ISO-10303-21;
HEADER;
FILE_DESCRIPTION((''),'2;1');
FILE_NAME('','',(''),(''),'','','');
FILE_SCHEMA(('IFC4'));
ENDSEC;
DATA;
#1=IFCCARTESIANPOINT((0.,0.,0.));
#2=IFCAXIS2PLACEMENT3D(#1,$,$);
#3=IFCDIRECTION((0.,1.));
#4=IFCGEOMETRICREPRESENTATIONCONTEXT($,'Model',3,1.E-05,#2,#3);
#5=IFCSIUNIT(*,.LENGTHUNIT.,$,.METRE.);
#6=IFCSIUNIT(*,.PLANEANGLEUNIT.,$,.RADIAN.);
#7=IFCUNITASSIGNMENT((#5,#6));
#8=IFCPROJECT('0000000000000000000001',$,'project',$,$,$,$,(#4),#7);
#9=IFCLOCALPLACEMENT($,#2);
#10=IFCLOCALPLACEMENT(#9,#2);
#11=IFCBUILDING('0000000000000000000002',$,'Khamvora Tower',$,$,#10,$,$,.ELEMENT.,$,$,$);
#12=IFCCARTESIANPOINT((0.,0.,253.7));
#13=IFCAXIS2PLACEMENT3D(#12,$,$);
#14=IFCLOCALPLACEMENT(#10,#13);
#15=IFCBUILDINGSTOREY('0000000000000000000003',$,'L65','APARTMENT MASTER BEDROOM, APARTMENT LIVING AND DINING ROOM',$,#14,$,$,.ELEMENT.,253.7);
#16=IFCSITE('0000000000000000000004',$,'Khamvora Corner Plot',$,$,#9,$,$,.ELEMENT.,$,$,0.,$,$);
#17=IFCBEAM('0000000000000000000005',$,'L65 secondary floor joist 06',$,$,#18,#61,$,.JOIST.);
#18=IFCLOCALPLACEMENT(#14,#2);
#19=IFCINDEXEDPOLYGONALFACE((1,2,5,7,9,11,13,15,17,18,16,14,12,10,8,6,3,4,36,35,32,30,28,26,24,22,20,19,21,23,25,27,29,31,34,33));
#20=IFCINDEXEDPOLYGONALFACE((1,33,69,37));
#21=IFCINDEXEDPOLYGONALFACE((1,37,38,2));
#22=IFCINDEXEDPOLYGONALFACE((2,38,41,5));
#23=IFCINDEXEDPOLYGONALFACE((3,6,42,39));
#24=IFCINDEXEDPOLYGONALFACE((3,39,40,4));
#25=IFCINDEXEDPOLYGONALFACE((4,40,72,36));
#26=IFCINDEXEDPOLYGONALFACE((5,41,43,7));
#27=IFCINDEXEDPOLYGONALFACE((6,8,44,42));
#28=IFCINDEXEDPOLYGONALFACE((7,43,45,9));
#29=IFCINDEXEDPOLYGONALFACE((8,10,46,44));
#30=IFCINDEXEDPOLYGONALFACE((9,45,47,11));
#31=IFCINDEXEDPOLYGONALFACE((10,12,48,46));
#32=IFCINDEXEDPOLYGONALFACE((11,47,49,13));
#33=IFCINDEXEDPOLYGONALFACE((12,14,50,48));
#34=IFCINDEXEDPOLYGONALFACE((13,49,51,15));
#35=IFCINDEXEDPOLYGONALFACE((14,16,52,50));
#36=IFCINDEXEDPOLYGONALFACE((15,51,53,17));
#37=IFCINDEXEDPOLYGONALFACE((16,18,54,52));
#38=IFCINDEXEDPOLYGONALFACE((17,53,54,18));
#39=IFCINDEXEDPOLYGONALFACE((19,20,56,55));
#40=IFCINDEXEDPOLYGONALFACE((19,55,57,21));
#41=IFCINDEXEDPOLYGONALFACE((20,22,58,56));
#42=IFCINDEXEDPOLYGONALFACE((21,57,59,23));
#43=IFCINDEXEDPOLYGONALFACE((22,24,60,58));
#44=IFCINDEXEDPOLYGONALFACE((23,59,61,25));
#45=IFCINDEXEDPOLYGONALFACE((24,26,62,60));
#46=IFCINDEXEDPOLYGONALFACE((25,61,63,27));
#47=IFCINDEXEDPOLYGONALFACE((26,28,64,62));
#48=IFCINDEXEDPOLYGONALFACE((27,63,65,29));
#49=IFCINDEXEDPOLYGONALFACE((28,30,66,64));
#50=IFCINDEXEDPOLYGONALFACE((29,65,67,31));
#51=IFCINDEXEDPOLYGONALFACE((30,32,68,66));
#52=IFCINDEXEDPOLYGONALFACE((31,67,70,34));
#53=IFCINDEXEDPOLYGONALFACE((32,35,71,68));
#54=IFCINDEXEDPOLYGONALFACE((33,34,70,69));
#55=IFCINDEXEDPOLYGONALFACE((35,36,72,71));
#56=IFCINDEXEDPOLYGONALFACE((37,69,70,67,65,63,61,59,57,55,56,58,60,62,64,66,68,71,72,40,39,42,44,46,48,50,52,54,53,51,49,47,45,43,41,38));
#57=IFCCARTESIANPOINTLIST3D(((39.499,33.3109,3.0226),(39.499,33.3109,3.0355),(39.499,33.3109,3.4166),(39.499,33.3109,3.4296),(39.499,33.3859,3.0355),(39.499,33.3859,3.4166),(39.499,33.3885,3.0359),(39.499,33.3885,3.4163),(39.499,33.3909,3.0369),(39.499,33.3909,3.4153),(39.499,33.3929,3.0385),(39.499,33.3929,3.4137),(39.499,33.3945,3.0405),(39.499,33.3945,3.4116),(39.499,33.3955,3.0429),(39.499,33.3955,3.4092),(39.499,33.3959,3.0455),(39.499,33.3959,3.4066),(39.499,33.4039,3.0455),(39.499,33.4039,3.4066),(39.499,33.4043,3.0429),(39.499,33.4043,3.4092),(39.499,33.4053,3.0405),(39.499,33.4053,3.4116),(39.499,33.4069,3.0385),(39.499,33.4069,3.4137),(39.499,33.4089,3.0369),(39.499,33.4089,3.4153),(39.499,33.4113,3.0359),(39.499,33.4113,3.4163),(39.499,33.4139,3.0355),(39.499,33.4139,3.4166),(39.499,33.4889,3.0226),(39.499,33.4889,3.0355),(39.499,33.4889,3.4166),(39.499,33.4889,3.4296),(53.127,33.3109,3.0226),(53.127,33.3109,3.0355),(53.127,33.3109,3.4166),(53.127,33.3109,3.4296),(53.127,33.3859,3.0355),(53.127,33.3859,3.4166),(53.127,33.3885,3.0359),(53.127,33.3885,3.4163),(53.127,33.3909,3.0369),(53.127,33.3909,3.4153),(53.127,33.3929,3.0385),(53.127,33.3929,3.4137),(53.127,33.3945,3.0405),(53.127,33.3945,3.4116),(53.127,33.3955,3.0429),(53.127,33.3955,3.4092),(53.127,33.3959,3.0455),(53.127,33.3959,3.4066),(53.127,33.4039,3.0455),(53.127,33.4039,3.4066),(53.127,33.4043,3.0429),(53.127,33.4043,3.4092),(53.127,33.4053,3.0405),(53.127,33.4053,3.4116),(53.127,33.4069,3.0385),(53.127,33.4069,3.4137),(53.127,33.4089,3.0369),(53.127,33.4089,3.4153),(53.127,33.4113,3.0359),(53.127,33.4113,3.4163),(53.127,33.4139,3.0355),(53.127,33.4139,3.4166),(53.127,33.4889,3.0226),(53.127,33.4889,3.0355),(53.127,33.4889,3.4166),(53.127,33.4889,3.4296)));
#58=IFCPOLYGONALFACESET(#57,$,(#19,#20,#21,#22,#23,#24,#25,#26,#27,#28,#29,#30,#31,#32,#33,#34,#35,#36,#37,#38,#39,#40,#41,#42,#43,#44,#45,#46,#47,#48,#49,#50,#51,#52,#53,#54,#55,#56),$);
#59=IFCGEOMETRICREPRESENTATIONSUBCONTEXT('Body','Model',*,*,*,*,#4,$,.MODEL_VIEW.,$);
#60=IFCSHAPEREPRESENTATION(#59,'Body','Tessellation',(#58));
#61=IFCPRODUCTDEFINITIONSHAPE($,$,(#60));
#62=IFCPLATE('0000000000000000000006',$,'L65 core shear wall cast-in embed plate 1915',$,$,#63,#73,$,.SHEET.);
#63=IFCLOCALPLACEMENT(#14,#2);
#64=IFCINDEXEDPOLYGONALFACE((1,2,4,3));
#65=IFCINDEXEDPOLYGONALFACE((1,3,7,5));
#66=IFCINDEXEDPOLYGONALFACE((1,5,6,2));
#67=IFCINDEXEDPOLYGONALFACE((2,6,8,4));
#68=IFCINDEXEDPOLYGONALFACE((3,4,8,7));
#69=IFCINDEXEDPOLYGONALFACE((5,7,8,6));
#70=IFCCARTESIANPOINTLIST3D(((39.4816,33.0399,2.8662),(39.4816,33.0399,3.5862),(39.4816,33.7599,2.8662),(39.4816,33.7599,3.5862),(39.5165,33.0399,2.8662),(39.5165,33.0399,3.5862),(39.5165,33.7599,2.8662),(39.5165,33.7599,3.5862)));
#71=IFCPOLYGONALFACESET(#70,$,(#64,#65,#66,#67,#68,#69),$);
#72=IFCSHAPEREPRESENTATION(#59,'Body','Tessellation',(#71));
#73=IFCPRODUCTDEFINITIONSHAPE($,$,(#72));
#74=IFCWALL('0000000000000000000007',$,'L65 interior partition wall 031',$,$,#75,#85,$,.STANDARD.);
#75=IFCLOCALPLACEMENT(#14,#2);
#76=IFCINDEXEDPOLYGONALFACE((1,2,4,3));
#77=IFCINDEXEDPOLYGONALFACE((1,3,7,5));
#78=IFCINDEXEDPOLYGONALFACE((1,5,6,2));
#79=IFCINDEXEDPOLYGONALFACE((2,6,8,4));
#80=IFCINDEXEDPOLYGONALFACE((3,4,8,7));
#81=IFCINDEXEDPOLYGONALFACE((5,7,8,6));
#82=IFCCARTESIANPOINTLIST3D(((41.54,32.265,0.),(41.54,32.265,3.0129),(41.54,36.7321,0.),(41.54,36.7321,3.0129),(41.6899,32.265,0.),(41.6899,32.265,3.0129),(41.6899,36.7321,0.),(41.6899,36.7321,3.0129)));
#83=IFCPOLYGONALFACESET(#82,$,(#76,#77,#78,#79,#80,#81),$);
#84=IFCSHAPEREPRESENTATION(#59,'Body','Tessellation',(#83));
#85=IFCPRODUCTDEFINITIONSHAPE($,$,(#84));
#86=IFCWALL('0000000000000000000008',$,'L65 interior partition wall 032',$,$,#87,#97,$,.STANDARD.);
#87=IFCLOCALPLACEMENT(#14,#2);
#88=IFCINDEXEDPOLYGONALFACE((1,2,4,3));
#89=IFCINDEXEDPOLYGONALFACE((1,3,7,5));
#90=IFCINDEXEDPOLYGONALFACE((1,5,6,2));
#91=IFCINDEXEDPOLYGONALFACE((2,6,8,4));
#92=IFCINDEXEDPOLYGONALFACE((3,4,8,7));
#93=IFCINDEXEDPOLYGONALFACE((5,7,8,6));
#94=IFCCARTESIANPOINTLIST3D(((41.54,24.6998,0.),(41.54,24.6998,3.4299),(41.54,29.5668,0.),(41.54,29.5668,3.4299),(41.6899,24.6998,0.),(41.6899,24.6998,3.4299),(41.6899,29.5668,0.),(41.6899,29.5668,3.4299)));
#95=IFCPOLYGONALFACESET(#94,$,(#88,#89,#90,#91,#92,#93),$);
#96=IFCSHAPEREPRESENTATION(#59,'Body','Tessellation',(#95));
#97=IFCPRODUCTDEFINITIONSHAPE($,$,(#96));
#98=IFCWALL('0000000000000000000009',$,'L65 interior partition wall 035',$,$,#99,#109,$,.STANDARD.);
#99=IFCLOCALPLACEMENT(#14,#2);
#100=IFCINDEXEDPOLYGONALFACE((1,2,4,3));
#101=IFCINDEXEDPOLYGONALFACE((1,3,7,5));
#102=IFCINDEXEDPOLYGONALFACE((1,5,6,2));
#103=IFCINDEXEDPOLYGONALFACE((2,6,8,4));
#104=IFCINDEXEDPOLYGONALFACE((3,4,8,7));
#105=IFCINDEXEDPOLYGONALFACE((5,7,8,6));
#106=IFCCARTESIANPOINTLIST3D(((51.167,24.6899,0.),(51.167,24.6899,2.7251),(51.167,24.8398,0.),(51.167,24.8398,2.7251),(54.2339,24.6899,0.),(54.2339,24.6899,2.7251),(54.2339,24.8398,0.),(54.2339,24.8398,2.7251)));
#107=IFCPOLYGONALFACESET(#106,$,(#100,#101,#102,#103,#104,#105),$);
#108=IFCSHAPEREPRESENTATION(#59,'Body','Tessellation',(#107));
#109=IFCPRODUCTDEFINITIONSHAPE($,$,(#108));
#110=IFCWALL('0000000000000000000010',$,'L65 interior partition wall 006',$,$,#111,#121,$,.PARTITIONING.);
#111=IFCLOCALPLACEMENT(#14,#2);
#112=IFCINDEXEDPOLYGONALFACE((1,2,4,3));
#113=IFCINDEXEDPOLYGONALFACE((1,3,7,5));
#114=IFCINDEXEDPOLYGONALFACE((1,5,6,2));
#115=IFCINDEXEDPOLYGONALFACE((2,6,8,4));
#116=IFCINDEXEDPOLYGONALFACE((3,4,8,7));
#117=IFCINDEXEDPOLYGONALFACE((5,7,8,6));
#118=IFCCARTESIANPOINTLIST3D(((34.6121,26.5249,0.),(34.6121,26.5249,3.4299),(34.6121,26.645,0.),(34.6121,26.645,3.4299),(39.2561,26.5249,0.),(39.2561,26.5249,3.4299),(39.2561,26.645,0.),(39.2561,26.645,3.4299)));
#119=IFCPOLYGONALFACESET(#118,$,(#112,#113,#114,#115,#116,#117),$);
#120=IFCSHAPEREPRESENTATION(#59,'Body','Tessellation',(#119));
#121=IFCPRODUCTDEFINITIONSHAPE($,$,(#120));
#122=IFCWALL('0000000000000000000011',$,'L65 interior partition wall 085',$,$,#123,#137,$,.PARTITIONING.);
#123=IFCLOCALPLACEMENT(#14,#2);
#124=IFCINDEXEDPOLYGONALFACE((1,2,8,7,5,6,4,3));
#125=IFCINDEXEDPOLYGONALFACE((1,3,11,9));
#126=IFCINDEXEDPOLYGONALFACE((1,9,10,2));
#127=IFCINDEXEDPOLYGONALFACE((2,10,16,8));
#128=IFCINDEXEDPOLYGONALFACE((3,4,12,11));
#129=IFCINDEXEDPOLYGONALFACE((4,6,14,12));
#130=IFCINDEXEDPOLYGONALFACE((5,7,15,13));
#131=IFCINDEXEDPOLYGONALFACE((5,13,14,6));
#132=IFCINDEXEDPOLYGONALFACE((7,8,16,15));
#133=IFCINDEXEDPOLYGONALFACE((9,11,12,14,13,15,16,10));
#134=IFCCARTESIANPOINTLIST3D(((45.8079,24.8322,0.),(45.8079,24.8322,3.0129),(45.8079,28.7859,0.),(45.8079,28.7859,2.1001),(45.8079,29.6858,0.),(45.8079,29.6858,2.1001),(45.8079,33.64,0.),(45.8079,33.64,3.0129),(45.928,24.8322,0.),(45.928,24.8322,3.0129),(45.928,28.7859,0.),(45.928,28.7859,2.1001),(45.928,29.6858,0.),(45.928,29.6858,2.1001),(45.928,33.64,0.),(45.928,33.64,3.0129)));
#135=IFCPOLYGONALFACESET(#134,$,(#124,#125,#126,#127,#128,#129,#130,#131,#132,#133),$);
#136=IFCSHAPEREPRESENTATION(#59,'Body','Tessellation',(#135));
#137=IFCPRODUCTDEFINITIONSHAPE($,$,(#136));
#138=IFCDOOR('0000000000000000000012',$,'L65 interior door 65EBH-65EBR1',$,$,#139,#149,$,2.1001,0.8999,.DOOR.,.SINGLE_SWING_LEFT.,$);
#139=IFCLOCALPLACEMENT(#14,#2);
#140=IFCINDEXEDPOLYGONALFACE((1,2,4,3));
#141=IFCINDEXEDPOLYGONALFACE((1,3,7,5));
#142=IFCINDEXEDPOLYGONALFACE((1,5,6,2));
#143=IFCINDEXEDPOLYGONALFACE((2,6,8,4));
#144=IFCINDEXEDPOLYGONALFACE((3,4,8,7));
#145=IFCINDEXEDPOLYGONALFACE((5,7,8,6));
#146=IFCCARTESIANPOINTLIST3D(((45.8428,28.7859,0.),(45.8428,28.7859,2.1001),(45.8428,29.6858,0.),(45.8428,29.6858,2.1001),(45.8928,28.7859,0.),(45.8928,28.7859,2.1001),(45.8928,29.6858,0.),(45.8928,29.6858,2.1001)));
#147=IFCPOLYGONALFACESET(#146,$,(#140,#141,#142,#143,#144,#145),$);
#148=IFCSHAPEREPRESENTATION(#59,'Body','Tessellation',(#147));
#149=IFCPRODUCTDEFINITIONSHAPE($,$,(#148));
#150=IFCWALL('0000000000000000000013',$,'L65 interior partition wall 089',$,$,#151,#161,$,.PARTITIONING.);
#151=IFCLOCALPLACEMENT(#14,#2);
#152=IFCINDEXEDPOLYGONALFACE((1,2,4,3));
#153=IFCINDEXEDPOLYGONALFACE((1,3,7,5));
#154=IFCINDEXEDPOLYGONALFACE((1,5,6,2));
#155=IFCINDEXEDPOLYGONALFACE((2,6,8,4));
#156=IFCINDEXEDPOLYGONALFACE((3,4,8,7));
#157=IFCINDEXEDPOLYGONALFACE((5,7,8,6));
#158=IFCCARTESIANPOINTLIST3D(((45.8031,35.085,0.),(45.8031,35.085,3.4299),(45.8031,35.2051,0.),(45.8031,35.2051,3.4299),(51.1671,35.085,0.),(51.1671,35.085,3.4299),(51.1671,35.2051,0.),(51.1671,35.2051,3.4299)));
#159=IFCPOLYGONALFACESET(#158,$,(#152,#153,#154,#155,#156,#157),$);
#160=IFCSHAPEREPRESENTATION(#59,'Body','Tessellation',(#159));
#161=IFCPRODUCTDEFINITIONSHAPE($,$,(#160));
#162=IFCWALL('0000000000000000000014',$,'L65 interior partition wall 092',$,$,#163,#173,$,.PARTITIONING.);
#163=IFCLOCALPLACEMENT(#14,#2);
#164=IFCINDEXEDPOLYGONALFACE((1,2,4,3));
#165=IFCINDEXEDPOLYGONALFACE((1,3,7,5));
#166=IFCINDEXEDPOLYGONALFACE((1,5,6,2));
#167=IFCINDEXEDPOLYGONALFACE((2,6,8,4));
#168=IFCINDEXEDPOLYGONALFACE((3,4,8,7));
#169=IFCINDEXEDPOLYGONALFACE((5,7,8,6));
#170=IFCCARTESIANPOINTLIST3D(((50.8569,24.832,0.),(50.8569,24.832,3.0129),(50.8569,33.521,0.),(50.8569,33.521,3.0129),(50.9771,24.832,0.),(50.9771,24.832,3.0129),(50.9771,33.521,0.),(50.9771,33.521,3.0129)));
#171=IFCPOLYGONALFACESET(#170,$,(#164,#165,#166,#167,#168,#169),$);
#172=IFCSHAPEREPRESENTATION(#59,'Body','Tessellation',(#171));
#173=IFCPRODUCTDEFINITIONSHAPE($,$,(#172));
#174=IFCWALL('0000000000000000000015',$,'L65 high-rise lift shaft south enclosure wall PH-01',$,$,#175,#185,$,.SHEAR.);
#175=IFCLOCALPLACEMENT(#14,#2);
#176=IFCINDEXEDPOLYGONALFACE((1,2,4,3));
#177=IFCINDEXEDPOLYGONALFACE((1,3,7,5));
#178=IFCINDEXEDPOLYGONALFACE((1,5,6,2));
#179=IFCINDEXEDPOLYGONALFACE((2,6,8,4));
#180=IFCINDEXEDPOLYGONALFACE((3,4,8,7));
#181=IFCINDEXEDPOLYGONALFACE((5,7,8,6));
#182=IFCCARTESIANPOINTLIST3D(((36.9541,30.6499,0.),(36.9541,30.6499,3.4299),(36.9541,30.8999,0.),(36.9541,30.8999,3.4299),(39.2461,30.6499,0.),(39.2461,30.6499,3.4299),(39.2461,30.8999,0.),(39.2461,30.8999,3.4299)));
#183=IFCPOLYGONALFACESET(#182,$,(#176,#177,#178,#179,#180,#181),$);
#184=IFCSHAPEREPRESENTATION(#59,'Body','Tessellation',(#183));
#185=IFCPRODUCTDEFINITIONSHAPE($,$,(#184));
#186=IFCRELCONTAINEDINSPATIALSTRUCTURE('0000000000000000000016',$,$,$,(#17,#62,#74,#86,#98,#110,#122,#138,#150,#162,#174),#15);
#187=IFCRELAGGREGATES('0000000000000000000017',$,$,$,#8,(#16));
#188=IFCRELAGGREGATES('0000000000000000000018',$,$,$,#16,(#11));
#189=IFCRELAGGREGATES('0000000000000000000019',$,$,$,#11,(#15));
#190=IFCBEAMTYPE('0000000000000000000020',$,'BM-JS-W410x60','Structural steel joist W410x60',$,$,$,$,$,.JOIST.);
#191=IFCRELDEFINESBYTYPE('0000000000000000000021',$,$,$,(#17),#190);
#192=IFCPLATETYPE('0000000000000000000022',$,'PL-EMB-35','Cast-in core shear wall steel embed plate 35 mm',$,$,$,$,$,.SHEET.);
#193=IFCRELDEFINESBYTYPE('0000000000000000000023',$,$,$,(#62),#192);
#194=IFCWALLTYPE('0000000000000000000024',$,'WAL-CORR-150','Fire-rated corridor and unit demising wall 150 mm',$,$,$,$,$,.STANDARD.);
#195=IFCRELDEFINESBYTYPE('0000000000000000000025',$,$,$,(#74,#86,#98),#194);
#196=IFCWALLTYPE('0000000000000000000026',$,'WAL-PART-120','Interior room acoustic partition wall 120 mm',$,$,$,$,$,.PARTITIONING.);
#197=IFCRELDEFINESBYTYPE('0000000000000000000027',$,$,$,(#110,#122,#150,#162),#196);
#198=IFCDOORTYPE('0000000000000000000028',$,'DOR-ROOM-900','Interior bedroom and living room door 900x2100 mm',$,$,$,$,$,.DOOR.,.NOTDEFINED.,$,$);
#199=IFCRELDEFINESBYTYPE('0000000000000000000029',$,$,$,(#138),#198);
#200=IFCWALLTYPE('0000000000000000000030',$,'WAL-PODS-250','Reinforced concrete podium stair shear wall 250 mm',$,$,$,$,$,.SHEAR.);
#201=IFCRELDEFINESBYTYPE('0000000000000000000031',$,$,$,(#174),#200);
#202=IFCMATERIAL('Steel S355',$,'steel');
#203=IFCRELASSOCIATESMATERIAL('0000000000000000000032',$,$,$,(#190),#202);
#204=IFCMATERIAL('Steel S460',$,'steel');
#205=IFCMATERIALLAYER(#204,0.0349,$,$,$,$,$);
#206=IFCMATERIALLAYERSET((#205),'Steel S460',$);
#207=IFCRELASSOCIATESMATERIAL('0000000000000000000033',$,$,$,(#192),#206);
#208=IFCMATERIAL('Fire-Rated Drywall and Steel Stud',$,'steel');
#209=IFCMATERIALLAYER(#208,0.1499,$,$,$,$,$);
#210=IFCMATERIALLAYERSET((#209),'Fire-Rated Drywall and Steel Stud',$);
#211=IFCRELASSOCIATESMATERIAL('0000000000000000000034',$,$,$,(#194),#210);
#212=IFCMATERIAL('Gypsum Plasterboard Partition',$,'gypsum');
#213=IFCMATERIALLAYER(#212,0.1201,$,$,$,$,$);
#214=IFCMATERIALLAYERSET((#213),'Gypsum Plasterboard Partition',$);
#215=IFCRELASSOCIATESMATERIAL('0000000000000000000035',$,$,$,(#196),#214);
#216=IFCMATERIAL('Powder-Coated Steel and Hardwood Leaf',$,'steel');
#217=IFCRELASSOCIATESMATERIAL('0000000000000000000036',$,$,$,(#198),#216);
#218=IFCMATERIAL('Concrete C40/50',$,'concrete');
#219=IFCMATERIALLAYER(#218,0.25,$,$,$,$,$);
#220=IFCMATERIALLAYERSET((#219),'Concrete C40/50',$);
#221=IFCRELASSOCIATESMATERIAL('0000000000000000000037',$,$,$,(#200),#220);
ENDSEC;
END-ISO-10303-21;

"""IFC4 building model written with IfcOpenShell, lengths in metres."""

from ifc_helpers import new_model, si_unit, direction, frame, frame_2d, origin, origin_2d, place, context, subcontext, project, spatial, rectangle, i_section, extrude, material, layer, layer_set, material_profile, profile_set, type_object, element, fill, save


model = new_model("IFC4")

# Units and contexts
model_context = context("Model", 3, precision=1e-05, world=origin(), true_north=direction((0.0, 1.0)))
body_context = subcontext(model_context, "Body", "Model", "MODEL_VIEW")
ifc_project = project(units=[si_unit("LENGTHUNIT", "METRE"), si_unit("PLANEANGLEUNIT", "RADIAN")], contexts=[model_context])

# Site, building, storey
site_placement = place(None, origin())
site = spatial("IfcSite", under=ifc_project, at=site_placement, Name="Khamvora Corner Plot", CompositionType="ELEMENT", RefElevation=0.0)
building_placement = place(site_placement, origin())
building = spatial("IfcBuilding", under=site, at=building_placement, Name="Khamvora Tower", CompositionType="ELEMENT")
storey_placement = place(building_placement, frame((0.0, 0.0, 253.7)))
storey = spatial("IfcBuildingStorey", under=building, at=storey_placement, Name="L65", Description="APARTMENT MASTER BEDROOM, APARTMENT LIVING AND DINING ROOM", CompositionType="ELEMENT", Elevation=253.7)

# Beam
ifc_material_1 = material(Name="Steel S355", Category="steel")
ifc_material_profile = material_profile(ifc_material_1, i_section(OverallWidth=0.178, OverallDepth=0.407, WebThickness=0.0081, FlangeThickness=0.0129, FilletRadius=0.01, at=origin_2d()), Name="W410x60")
ifc_profile_set = profile_set([ifc_material_profile], Name="Steel S355")
beam_type = type_object("IfcBeamType", Name="BM-JS-W410x60", Description="Structural steel joist W410x60", PredefinedType="JOIST", material=ifc_profile_set)
beam_placement = place(storey_placement, frame((39.499, 33.3999, 3.2261), z_axis=(1.0, 0.0, 0.0), x_axis=(0.0, 1.0, 0.0)))
element("IfcBeam", 1, at=beam_placement, inside=storey, type_object=beam_type, Name="L65 secondary floor joist 06", PredefinedType="JOIST", context=body_context, shape_type="SweptSolid", body=[
    extrude(i_section(OverallWidth=0.178, OverallDepth=0.407, WebThickness=0.0081, FlangeThickness=0.0129, FilletRadius=0.01, at=origin_2d()), origin(), (0.0, 0.0, 1.0), 13.6279),
])

# Plate
ifc_material_2 = material(Name="Steel S460", Category="steel")
ifc_layer_1 = layer(ifc_material_2, 0.0349)
ifc_layer_set_1 = layer_set([ifc_layer_1], Name="Steel S460")
plate_type = type_object("IfcPlateType", Name="PL-EMB-35", Description="Cast-in core shear wall steel embed plate 35 mm", PredefinedType="SHEET", material=ifc_layer_set_1)
plate_placement = place(storey_placement, frame((39.499, 33.3999, 2.8662), z_axis=(0.0, 0.0, 1.0), x_axis=(1.0, 0.0, 0.0)))
element("IfcPlate", 2, at=plate_placement, inside=storey, type_object=plate_type, Name="L65 core shear wall cast-in embed plate 1915", PredefinedType="SHEET", context=body_context, shape_type="SweptSolid", body=[
    extrude(rectangle(XDim=0.0349, YDim=0.72, at=origin_2d()), origin(), (0.0, 0.0, 1.0), 0.72),
])

# Shared definitions
ifc_material_3 = material(Name="Fire-Rated Drywall and Steel Stud", Category="steel")
ifc_layer_2 = layer(ifc_material_3, 0.1499)
ifc_layer_set_2 = layer_set([ifc_layer_2], Name="Fire-Rated Drywall and Steel Stud")
wall_type_1 = type_object("IfcWallType", Name="WAL-CORR-150", Description="Fire-rated corridor and unit demising wall 150 mm", PredefinedType="STANDARD", material=ifc_layer_set_2)
ifc_material_4 = material(Name="Powder-Coated Steel and Hardwood Leaf", Category="steel")

# Walls
wall_1_placement = place(storey_placement, frame((41.615, 36.7319, 0.0), z_axis=(0.0, 0.0, 1.0), x_axis=(0.0, -1.0, 0.0)))
element("IfcWall", 3, at=wall_1_placement, inside=storey, type_object=wall_type_1, Name="L65 interior partition wall 031", PredefinedType="STANDARD", context=body_context, shape_type="SweptSolid", body=[
    extrude(rectangle(XDim=4.467, YDim=0.1499, at=frame_2d((2.2334, 0.0))), origin(), (0.0, 0.0, 1.0), 3.0129),
])
wall_2_placement = place(storey_placement, frame((41.615, 29.5669, 0.0), z_axis=(0.0, 0.0, 1.0), x_axis=(0.0, -1.0, 0.0)))
element("IfcWall", 4, at=wall_2_placement, inside=storey, type_object=wall_type_1, Name="L65 interior partition wall 032", PredefinedType="STANDARD", context=body_context, shape_type="SweptSolid", body=[
    extrude(rectangle(XDim=4.8669, YDim=0.1499, at=frame_2d((2.4336, 0.0))), origin(), (0.0, 0.0, 1.0), 3.4299),
])
wall_3_placement = place(storey_placement, frame((51.167, 24.7649, 0.0), z_axis=(0.0, 0.0, 1.0), x_axis=(1.0, 0.0, 0.0)))
element("IfcWall", 5, at=wall_3_placement, inside=storey, type_object=wall_type_1, Name="L65 interior partition wall 035", PredefinedType="STANDARD", context=body_context, shape_type="SweptSolid", body=[
    extrude(rectangle(XDim=3.0669, YDim=0.1499, at=frame_2d((1.5334, 0.0))), origin(), (0.0, 0.0, 1.0), 2.7251),
])
ifc_material_5 = material(Name="Gypsum Plasterboard Partition", Category="gypsum")
ifc_layer_3 = layer(ifc_material_5, 0.1201)
ifc_layer_set_3 = layer_set([ifc_layer_3], Name="Gypsum Plasterboard Partition")
wall_type_2 = type_object("IfcWallType", Name="WAL-PART-120", Description="Interior room acoustic partition wall 120 mm", PredefinedType="PARTITIONING", material=ifc_layer_set_3)
wall_4_placement = place(storey_placement, frame((39.2561, 26.585, 0.0), z_axis=(0.0, 0.0, 1.0), x_axis=(-1.0, 0.0, 0.0)))
element("IfcWall", 6, at=wall_4_placement, inside=storey, type_object=wall_type_2, Name="L65 interior partition wall 006", PredefinedType="PARTITIONING", context=body_context, shape_type="SweptSolid", body=[
    extrude(rectangle(XDim=4.644, YDim=0.1201, at=frame_2d((2.322, 0.0))), origin(), (0.0, 0.0, 1.0), 3.4299),
])

# Wall, opening, door
wall_5_placement = place(storey_placement, frame((45.8679, 33.6399, 0.0), z_axis=(0.0, 0.0, 1.0), x_axis=(0.0, -1.0, 0.0)))
wall_5 = element("IfcWall", 7, at=wall_5_placement, inside=storey, type_object=wall_type_2, Name="L65 interior partition wall 085", PredefinedType="PARTITIONING", context=body_context, shape_type="SweptSolid", body=[
    extrude(rectangle(XDim=8.8079, YDim=0.1201, at=frame_2d((4.4038, 0.0))), origin(), (0.0, 0.0, 1.0), 3.0129),
])
opening_1_placement = place(wall_5_placement, frame((3.9541, 0.0, 0.0)))
opening_1 = element("IfcOpeningElement", 8, at=opening_1_placement, cuts=wall_5, PredefinedType="OPENING", context=body_context, shape_type="SweptSolid", body=[
    extrude(rectangle(XDim=0.8999, YDim=2.1001, at=frame_2d((0.45, 1.05))), frame((0.0, 0.0701, 0.0), z_axis=(0.0, -1.0, 0.0), x_axis=(1.0, 0.0, 0.0)), (0.0, 0.0, 1.0), 0.1401),
])
door_type_1 = type_object("IfcDoorType", Name="DOR-ROOM-900", Description="Interior bedroom and living room door 900x2100 mm", OperationType="NOTDEFINED", PredefinedType="DOOR", material=ifc_material_4)
door_1_placement = place(opening_1_placement, origin())
door_1 = element("IfcDoor", 9, at=door_1_placement, inside=storey, type_object=door_type_1, Name="L65 interior door 65EBH-65EBR1", OperationType="SINGLE_SWING_LEFT", OverallHeight=2.1001, OverallWidth=0.8999, PredefinedType="DOOR", context=body_context, shape_type="SweptSolid", body=[
    extrude(rectangle(XDim=0.8999, YDim=2.1001, at=frame_2d((0.45, 1.05))), frame((0.0, 0.0249, 0.0), z_axis=(0.0, -1.0, 0.0), x_axis=(1.0, 0.0, 0.0)), (0.0, 0.0, 1.0), 0.05),
])
fill(opening_1, door_1)

# Walls
wall_6_placement = place(storey_placement, frame((45.803, 35.145, 0.0), z_axis=(0.0, 0.0, 1.0), x_axis=(1.0, 0.0, 0.0)))
element("IfcWall", 10, at=wall_6_placement, inside=storey, type_object=wall_type_2, Name="L65 interior partition wall 089", PredefinedType="PARTITIONING", context=body_context, shape_type="SweptSolid", body=[
    extrude(rectangle(XDim=5.364, YDim=0.1201, at=frame_2d((2.6821, 0.0))), origin(), (0.0, 0.0, 1.0), 3.4299),
])
wall_7_placement = place(storey_placement, frame((50.917, 33.521, 0.0), z_axis=(0.0, 0.0, 1.0), x_axis=(0.0, -1.0, 0.0)))
element("IfcWall", 11, at=wall_7_placement, inside=storey, type_object=wall_type_2, Name="L65 interior partition wall 092", PredefinedType="PARTITIONING", context=body_context, shape_type="SweptSolid", body=[
    extrude(rectangle(XDim=8.689, YDim=0.1201, at=frame_2d((4.3445, 0.0))), origin(), (0.0, 0.0, 1.0), 3.0129),
])
ifc_material_6 = material(Name="Concrete C40/50", Category="concrete")
ifc_layer_4 = layer(ifc_material_6, 0.25)
ifc_layer_set_4 = layer_set([ifc_layer_4], Name="Concrete C40/50")
wall_type_3 = type_object("IfcWallType", Name="WAL-PODS-250", Description="Reinforced concrete podium stair shear wall 250 mm", PredefinedType="SHEAR", material=ifc_layer_set_4)
wall_8_placement = place(storey_placement, frame((36.9541, 30.7749, 0.0), z_axis=(0.0, 0.0, 1.0), x_axis=(1.0, 0.0, 0.0)))
element("IfcWall", 12, at=wall_8_placement, inside=storey, type_object=wall_type_3, Name="L65 high-rise lift shaft south enclosure wall PH-01", PredefinedType="SHEAR", context=body_context, shape_type="SweptSolid", body=[
    extrude(rectangle(XDim=2.292, YDim=0.25, at=frame_2d((1.146, 0.0))), origin(), (0.0, 0.0, 1.0), 3.4299),
])

save(model, "model.ifc")
